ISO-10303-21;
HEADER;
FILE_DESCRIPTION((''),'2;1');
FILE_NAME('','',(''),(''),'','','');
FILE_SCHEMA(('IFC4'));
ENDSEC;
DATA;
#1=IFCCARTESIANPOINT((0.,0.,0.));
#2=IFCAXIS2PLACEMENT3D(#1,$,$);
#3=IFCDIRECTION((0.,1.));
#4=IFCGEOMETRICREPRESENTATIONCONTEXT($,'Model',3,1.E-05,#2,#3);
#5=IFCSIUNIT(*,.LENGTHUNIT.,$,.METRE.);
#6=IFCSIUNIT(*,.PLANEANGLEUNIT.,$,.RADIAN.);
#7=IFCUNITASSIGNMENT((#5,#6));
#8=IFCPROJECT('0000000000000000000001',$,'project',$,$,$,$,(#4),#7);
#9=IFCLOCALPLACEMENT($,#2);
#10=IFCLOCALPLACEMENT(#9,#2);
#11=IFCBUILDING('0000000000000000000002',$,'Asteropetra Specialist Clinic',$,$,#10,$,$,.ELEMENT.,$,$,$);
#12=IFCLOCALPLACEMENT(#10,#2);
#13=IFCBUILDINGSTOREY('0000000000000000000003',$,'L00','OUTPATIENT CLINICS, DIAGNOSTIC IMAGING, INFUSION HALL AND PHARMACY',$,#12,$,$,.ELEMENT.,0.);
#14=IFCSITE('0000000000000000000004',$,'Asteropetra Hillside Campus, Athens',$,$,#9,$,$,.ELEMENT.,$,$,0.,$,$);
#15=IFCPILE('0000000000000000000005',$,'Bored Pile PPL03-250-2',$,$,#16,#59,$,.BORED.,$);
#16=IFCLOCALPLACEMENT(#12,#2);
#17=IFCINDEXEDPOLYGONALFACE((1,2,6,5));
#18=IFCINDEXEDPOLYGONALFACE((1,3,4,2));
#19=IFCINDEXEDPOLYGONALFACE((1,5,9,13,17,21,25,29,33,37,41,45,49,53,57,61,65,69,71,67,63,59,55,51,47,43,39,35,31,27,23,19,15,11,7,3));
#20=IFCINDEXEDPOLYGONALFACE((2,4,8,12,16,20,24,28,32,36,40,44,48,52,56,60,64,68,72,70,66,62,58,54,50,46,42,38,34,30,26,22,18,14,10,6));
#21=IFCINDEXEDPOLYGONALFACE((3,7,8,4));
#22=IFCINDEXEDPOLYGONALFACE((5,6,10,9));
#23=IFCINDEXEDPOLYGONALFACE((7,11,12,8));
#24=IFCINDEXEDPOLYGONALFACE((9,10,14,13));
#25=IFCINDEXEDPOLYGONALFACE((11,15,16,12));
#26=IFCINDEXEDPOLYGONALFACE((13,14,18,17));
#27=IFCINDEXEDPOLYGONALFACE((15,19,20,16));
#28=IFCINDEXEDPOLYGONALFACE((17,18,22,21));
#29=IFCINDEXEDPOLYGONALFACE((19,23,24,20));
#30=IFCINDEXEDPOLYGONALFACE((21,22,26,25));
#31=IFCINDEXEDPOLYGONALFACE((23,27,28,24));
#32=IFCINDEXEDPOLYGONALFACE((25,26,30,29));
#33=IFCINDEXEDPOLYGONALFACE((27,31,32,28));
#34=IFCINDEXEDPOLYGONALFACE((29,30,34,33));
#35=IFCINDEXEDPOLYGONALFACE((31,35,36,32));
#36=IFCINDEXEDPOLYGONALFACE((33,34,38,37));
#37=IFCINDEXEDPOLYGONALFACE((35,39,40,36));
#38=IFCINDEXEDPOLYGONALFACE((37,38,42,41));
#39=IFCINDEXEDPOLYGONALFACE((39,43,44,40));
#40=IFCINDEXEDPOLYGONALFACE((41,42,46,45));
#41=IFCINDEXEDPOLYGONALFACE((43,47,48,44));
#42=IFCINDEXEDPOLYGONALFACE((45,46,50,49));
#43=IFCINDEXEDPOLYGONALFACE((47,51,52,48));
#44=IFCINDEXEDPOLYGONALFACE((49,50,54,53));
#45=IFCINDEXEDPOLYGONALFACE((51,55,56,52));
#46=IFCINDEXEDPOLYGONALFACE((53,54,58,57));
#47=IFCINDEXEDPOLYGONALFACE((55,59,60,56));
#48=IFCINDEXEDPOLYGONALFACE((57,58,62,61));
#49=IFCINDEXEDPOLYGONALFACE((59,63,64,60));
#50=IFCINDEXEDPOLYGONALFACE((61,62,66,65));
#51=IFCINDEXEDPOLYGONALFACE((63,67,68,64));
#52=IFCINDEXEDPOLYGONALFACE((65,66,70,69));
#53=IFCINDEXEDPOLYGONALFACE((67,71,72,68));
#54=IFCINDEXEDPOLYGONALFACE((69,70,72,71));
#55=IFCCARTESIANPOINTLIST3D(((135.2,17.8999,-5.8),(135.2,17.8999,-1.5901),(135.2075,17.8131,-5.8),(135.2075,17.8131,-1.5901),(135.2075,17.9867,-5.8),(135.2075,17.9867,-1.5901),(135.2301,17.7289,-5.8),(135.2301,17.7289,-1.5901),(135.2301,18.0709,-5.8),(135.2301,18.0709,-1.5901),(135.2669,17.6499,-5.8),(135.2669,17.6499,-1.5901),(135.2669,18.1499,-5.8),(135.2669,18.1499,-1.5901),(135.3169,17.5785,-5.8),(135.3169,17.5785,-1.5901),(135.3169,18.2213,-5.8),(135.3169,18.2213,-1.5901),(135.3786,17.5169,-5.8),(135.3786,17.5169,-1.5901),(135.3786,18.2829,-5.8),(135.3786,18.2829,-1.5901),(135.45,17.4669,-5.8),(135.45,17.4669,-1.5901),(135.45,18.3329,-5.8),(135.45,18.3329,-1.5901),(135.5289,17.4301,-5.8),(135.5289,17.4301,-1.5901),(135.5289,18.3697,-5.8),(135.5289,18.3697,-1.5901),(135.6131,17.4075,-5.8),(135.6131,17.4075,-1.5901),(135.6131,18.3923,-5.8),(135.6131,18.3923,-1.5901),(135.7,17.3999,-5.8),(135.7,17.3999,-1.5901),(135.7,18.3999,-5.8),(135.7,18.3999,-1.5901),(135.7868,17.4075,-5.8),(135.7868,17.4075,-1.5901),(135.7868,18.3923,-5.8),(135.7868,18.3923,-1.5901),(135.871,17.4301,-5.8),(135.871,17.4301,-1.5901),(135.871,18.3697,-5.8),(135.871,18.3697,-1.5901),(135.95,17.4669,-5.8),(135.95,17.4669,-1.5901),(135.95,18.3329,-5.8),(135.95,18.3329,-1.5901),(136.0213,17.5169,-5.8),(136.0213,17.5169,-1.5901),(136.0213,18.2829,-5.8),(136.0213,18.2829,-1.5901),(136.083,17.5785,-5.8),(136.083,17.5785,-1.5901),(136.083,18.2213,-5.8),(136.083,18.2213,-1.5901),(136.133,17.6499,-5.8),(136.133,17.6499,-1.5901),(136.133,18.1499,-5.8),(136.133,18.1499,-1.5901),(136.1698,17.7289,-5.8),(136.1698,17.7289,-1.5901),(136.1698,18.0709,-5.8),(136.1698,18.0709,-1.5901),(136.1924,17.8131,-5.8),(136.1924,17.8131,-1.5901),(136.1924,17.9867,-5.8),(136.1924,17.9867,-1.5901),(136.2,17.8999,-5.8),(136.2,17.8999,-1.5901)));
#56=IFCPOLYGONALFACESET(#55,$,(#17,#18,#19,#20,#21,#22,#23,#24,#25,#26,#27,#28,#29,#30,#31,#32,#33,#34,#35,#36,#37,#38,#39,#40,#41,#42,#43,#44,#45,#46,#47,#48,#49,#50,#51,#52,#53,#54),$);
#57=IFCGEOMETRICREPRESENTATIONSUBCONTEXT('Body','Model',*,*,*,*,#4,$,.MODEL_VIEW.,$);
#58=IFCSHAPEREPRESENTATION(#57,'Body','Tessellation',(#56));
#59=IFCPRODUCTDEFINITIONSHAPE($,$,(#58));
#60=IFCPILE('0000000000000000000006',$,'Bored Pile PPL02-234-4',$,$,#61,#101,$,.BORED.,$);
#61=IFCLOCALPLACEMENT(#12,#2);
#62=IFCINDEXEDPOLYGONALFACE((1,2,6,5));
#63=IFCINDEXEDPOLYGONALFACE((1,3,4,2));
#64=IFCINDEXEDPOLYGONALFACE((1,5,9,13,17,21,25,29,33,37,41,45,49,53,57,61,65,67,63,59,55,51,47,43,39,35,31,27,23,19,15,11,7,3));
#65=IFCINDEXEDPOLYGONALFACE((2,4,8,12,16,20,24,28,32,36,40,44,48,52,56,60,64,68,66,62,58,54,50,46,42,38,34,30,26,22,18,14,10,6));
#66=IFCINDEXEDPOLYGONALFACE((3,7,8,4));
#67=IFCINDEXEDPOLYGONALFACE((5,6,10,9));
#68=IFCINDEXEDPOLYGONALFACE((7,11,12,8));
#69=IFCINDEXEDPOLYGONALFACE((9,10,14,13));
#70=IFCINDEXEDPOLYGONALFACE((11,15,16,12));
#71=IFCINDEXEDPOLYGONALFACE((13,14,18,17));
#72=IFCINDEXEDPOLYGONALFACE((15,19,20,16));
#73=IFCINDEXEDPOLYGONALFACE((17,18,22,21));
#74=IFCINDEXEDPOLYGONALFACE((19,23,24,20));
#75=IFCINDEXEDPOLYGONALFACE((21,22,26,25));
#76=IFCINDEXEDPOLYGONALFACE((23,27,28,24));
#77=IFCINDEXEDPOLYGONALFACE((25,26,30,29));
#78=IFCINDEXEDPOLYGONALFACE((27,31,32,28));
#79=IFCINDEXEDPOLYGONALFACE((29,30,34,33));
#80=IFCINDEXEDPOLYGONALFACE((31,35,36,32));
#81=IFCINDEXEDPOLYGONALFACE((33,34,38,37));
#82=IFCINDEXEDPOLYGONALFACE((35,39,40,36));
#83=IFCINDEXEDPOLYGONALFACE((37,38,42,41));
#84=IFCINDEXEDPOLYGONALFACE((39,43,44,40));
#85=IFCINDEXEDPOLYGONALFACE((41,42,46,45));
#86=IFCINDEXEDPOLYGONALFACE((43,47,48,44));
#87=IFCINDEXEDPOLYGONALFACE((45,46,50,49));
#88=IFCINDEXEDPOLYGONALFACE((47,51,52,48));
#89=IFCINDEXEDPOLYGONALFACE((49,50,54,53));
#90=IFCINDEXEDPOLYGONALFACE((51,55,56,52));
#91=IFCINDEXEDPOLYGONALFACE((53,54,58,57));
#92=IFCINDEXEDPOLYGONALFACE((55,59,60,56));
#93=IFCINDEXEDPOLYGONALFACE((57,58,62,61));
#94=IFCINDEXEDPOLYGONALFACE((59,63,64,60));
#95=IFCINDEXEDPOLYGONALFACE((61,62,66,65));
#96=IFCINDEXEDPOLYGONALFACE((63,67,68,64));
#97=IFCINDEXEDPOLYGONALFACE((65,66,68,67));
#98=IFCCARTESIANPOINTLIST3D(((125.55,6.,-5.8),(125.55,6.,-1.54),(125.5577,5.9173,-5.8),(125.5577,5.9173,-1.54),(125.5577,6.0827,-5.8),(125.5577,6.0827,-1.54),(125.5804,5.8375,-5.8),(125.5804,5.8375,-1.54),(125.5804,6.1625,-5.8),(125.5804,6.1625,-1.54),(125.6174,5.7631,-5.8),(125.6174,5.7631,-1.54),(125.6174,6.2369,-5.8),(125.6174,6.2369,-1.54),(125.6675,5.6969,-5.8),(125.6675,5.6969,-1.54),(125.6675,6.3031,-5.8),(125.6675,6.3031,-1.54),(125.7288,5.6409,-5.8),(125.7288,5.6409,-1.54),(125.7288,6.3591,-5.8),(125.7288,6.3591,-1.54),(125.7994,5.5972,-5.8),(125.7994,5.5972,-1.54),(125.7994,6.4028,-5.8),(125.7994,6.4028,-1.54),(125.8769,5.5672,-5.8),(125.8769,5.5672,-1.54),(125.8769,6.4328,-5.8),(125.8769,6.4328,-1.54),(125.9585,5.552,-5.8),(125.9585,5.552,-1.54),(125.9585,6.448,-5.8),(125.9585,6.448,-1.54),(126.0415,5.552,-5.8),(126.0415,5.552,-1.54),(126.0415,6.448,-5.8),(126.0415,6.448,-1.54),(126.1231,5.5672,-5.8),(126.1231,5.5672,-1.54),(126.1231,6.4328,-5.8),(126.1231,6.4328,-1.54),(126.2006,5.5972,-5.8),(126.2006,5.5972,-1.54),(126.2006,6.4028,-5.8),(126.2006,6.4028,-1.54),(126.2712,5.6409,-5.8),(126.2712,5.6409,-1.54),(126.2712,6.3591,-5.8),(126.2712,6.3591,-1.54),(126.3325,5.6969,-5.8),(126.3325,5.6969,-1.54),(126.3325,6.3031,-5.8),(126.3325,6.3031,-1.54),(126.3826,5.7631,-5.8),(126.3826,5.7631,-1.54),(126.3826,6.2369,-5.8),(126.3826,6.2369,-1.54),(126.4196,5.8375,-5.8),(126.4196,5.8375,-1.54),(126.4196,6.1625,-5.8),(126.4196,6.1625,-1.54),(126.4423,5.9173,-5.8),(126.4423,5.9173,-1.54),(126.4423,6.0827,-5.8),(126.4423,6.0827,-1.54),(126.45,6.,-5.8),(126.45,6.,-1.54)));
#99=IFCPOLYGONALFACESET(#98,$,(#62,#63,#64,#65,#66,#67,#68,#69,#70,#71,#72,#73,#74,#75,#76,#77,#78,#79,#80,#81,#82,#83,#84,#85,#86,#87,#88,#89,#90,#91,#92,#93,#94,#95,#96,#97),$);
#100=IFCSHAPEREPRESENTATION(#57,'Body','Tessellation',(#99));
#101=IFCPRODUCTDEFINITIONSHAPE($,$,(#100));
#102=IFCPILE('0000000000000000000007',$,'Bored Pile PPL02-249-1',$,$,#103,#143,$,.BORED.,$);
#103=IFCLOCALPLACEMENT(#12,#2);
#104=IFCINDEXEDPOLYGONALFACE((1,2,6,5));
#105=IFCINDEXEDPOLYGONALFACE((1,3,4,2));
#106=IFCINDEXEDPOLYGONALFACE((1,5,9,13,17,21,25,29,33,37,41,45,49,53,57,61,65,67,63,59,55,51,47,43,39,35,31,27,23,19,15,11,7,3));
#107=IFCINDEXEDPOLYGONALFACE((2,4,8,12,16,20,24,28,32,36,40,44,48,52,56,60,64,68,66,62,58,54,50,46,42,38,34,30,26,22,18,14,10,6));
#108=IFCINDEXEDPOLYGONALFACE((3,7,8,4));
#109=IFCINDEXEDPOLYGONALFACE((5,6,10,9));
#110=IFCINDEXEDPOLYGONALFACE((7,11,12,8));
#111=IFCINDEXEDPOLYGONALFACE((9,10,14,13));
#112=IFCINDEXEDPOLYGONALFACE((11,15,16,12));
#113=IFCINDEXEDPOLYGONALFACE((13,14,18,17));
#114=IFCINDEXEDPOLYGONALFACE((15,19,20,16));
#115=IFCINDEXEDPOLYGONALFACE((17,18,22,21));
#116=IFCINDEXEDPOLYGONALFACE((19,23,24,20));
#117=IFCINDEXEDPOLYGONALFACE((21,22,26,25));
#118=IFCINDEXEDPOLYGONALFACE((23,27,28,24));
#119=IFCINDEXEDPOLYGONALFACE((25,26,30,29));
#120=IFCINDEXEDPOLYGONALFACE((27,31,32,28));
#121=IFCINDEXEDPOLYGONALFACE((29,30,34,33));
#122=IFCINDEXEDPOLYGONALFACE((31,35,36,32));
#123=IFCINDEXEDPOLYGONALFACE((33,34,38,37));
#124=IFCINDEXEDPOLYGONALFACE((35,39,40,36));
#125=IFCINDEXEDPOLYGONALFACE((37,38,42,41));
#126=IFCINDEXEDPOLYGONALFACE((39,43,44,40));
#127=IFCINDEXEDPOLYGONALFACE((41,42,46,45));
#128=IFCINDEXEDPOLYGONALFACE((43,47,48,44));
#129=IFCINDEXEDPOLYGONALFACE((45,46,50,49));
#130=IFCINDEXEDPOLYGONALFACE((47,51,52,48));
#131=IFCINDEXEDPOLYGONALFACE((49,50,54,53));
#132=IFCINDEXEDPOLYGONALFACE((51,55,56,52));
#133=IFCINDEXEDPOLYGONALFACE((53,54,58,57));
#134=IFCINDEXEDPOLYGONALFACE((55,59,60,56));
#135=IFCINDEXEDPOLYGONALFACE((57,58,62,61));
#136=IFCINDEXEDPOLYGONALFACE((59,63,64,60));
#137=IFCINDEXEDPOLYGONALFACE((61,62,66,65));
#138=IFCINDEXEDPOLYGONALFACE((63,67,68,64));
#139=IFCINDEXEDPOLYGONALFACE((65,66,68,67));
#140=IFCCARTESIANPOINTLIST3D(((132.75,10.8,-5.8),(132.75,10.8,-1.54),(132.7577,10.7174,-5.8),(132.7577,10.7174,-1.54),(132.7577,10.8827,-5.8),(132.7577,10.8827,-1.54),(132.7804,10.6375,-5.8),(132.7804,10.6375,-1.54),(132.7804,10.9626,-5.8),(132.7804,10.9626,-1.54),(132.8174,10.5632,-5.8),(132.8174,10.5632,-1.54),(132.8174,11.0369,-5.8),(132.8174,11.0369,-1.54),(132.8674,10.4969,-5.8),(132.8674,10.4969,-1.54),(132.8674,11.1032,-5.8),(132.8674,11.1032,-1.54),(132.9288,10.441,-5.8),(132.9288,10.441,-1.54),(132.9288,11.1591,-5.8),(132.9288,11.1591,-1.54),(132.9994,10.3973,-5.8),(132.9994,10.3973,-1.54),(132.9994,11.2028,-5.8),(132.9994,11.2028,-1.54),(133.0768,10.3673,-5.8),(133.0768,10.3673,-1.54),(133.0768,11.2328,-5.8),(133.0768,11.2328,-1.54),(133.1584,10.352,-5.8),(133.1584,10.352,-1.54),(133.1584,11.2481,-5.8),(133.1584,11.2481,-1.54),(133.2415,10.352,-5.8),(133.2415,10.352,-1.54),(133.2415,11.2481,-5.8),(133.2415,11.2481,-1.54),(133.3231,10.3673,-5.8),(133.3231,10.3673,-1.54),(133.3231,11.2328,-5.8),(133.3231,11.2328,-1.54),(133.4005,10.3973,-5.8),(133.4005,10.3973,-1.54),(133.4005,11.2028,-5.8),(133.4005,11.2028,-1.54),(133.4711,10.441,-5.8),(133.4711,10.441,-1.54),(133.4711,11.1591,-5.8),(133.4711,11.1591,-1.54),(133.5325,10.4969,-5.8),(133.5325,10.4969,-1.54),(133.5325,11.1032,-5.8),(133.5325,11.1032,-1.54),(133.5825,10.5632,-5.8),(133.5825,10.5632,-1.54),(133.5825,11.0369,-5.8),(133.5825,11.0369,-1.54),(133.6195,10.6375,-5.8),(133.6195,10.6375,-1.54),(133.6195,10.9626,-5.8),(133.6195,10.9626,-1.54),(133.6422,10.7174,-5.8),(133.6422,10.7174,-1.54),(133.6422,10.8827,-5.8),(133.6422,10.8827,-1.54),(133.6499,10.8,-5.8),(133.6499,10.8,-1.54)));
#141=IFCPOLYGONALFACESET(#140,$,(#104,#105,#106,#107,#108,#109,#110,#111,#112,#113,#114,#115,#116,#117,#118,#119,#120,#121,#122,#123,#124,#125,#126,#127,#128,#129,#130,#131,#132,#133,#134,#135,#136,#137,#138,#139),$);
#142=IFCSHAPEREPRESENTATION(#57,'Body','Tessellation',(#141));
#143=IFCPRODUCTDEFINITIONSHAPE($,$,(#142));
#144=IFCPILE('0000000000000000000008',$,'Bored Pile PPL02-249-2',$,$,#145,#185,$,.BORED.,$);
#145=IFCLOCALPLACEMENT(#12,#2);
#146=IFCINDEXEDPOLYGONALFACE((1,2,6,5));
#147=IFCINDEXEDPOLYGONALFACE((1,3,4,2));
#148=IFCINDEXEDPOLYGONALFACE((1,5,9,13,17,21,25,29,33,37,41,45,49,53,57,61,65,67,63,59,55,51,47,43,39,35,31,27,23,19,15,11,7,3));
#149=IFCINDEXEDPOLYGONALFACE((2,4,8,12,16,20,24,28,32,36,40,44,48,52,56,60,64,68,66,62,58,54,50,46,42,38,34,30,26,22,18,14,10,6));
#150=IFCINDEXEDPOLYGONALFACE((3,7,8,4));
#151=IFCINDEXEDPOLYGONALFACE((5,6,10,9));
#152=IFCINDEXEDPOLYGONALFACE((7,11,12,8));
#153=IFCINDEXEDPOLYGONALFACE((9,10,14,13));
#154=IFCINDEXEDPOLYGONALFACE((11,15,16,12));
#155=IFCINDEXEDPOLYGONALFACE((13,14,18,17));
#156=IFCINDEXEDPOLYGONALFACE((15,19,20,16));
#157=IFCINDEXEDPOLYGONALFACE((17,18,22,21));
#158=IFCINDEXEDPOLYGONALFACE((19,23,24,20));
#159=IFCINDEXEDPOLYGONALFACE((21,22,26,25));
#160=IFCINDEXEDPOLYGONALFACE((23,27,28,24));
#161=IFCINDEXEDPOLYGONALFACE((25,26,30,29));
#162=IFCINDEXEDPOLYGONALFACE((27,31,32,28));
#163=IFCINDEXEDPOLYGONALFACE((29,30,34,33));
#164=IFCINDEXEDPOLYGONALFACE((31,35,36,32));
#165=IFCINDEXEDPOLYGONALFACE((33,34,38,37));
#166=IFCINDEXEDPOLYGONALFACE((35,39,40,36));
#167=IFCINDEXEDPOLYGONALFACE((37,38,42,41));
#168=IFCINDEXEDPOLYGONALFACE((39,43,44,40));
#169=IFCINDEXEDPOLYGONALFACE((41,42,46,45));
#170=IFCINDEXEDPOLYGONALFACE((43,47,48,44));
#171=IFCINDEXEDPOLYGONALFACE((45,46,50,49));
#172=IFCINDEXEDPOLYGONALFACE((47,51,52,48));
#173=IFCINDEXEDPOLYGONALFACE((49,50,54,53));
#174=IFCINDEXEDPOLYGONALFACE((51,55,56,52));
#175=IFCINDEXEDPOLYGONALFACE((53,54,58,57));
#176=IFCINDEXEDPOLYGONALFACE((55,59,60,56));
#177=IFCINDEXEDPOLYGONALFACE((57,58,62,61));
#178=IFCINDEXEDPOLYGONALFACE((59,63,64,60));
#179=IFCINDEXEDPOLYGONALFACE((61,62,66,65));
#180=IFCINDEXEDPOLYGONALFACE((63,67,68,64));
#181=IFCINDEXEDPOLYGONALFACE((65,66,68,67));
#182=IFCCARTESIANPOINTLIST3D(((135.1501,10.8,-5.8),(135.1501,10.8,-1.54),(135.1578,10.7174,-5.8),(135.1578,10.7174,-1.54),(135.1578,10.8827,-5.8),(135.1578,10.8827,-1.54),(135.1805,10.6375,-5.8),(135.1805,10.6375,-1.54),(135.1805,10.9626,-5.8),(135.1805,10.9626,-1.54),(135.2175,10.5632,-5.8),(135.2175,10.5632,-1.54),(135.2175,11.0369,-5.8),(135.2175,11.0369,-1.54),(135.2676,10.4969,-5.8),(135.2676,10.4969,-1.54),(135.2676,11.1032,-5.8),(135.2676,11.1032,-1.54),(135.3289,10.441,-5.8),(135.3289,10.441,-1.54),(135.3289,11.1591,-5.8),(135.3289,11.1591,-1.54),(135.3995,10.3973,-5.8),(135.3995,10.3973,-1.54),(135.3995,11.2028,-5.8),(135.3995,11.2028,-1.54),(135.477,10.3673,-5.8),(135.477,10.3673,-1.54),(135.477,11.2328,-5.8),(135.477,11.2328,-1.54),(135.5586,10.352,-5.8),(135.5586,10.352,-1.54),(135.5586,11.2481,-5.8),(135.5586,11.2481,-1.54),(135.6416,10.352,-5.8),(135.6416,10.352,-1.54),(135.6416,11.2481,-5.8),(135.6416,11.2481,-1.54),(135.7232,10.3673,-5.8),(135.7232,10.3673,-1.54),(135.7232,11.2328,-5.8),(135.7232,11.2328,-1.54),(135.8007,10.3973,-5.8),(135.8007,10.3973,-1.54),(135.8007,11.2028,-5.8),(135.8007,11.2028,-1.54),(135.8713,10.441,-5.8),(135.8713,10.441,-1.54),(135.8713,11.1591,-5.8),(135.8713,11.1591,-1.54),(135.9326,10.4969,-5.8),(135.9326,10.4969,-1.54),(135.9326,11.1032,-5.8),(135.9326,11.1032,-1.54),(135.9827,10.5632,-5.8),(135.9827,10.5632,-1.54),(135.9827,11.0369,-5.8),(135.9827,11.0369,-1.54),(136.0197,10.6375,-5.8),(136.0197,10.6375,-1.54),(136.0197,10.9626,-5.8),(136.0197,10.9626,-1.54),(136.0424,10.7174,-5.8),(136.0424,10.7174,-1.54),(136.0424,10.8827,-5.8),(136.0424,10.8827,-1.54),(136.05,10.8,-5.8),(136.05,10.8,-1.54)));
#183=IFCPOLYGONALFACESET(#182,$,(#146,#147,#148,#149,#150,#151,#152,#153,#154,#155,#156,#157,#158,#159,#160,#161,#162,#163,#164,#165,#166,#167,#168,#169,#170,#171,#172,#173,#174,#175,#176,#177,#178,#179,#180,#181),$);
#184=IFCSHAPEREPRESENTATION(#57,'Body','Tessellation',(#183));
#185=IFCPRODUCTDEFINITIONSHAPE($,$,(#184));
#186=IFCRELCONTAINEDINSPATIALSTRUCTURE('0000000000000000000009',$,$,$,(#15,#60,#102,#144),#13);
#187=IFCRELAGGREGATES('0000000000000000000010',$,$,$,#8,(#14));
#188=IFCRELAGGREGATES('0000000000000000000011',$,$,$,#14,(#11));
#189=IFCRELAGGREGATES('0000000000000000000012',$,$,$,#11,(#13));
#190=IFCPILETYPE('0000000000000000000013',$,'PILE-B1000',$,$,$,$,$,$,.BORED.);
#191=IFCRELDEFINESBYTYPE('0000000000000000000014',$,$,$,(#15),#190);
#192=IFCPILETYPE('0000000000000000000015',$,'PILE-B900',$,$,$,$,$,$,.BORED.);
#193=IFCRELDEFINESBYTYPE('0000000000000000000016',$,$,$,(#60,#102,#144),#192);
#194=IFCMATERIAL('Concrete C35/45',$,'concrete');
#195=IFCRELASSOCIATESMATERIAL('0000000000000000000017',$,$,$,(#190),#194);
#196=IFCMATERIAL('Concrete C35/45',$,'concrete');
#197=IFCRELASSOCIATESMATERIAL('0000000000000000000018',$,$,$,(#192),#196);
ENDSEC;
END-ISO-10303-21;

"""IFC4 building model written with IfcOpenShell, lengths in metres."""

from ifc_helpers import new_model, si_unit, direction, frame, origin, origin_2d, place, context, subcontext, project, spatial, circle, extrude, material, material_profile, profile_set, type_object, element, save


model = new_model("IFC4")

# Units and contexts
model_context = context("Model", 3, precision=1e-05, world=origin(), true_north=direction((0.0, 1.0)))
body_context = subcontext(model_context, "Body", "Model", "MODEL_VIEW")
ifc_project = project(units=[si_unit("LENGTHUNIT", "METRE"), si_unit("PLANEANGLEUNIT", "RADIAN")], contexts=[model_context])

# Site, building, storey
site_placement = place(None, origin())
site = spatial("IfcSite", under=ifc_project, at=site_placement, Name="Asteropetra Hillside Campus, Athens", CompositionType="ELEMENT", RefElevation=0.0)
building_placement = place(site_placement, origin())
building = spatial("IfcBuilding", under=site, at=building_placement, Name="Asteropetra Specialist Clinic", CompositionType="ELEMENT")
storey_placement = place(building_placement, origin())
storey = spatial("IfcBuildingStorey", under=building, at=storey_placement, Name="L00", Description="OUTPATIENT CLINICS, DIAGNOSTIC IMAGING, INFUSION HALL AND PHARMACY", CompositionType="ELEMENT", Elevation=0.0)

# Piles
ifc_material_1 = material(Name="Concrete C35/45", Category="concrete")
ifc_material_profile_1 = material_profile(ifc_material_1, circle(Radius=0.5, at=origin_2d()), Name="PILE D1000")
ifc_profile_set_1 = profile_set([ifc_material_profile_1], Name="Concrete C35/45")
pile_type_1 = type_object("IfcPileType", Name="PILE-B1000", PredefinedType="BORED", material=ifc_profile_set_1)
for number, where, z_axis, x_axis, name in (
    (1, (135.7, 17.8999, -1.5901), (0.0, 0.0, -1.0), (1.0, 0.0, 0.0), "Bored Pile PPL03-250-2"),
):
    element("IfcPile", number, at=place(storey_placement, frame(where, z_axis=z_axis, x_axis=x_axis)), inside=storey, type_object=pile_type_1, Name=name, PredefinedType="BORED", context=body_context, shape_type="SweptSolid", body=[
        extrude(circle(Radius=0.5, at=origin_2d()), origin(), (0.0, 0.0, 1.0), 4.21),
    ])
ifc_material_2 = material(Name="Concrete C35/45", Category="concrete")
ifc_material_profile_2 = material_profile(ifc_material_2, circle(Radius=0.45, at=origin_2d()), Name="PILE D900")
ifc_profile_set_2 = profile_set([ifc_material_profile_2], Name="Concrete C35/45")
pile_type_2 = type_object("IfcPileType", Name="PILE-B900", PredefinedType="BORED", material=ifc_profile_set_2)
for number, where, z_axis, x_axis, name in (
    (2, (126.0, 6.0, -1.54), (0.0, 0.0, -1.0), (1.0, 0.0, 0.0), "Bored Pile PPL02-234-4"),
    (3, (133.2, 10.8, -1.54), (0.0, 0.0, -1.0), (1.0, 0.0, 0.0), "Bored Pile PPL02-249-1"),
    (4, (135.6001, 10.8, -1.54), (0.0, 0.0, -1.0), (1.0, 0.0, 0.0), "Bored Pile PPL02-249-2"),
):
    element("IfcPile", number, at=place(storey_placement, frame(where, z_axis=z_axis, x_axis=x_axis)), inside=storey, type_object=pile_type_2, Name=name, PredefinedType="BORED", context=body_context, shape_type="SweptSolid", body=[
        extrude(circle(Radius=0.45, at=origin_2d()), origin(), (0.0, 0.0, 1.0), 4.26),
    ])

save(model, "model.ifc")
